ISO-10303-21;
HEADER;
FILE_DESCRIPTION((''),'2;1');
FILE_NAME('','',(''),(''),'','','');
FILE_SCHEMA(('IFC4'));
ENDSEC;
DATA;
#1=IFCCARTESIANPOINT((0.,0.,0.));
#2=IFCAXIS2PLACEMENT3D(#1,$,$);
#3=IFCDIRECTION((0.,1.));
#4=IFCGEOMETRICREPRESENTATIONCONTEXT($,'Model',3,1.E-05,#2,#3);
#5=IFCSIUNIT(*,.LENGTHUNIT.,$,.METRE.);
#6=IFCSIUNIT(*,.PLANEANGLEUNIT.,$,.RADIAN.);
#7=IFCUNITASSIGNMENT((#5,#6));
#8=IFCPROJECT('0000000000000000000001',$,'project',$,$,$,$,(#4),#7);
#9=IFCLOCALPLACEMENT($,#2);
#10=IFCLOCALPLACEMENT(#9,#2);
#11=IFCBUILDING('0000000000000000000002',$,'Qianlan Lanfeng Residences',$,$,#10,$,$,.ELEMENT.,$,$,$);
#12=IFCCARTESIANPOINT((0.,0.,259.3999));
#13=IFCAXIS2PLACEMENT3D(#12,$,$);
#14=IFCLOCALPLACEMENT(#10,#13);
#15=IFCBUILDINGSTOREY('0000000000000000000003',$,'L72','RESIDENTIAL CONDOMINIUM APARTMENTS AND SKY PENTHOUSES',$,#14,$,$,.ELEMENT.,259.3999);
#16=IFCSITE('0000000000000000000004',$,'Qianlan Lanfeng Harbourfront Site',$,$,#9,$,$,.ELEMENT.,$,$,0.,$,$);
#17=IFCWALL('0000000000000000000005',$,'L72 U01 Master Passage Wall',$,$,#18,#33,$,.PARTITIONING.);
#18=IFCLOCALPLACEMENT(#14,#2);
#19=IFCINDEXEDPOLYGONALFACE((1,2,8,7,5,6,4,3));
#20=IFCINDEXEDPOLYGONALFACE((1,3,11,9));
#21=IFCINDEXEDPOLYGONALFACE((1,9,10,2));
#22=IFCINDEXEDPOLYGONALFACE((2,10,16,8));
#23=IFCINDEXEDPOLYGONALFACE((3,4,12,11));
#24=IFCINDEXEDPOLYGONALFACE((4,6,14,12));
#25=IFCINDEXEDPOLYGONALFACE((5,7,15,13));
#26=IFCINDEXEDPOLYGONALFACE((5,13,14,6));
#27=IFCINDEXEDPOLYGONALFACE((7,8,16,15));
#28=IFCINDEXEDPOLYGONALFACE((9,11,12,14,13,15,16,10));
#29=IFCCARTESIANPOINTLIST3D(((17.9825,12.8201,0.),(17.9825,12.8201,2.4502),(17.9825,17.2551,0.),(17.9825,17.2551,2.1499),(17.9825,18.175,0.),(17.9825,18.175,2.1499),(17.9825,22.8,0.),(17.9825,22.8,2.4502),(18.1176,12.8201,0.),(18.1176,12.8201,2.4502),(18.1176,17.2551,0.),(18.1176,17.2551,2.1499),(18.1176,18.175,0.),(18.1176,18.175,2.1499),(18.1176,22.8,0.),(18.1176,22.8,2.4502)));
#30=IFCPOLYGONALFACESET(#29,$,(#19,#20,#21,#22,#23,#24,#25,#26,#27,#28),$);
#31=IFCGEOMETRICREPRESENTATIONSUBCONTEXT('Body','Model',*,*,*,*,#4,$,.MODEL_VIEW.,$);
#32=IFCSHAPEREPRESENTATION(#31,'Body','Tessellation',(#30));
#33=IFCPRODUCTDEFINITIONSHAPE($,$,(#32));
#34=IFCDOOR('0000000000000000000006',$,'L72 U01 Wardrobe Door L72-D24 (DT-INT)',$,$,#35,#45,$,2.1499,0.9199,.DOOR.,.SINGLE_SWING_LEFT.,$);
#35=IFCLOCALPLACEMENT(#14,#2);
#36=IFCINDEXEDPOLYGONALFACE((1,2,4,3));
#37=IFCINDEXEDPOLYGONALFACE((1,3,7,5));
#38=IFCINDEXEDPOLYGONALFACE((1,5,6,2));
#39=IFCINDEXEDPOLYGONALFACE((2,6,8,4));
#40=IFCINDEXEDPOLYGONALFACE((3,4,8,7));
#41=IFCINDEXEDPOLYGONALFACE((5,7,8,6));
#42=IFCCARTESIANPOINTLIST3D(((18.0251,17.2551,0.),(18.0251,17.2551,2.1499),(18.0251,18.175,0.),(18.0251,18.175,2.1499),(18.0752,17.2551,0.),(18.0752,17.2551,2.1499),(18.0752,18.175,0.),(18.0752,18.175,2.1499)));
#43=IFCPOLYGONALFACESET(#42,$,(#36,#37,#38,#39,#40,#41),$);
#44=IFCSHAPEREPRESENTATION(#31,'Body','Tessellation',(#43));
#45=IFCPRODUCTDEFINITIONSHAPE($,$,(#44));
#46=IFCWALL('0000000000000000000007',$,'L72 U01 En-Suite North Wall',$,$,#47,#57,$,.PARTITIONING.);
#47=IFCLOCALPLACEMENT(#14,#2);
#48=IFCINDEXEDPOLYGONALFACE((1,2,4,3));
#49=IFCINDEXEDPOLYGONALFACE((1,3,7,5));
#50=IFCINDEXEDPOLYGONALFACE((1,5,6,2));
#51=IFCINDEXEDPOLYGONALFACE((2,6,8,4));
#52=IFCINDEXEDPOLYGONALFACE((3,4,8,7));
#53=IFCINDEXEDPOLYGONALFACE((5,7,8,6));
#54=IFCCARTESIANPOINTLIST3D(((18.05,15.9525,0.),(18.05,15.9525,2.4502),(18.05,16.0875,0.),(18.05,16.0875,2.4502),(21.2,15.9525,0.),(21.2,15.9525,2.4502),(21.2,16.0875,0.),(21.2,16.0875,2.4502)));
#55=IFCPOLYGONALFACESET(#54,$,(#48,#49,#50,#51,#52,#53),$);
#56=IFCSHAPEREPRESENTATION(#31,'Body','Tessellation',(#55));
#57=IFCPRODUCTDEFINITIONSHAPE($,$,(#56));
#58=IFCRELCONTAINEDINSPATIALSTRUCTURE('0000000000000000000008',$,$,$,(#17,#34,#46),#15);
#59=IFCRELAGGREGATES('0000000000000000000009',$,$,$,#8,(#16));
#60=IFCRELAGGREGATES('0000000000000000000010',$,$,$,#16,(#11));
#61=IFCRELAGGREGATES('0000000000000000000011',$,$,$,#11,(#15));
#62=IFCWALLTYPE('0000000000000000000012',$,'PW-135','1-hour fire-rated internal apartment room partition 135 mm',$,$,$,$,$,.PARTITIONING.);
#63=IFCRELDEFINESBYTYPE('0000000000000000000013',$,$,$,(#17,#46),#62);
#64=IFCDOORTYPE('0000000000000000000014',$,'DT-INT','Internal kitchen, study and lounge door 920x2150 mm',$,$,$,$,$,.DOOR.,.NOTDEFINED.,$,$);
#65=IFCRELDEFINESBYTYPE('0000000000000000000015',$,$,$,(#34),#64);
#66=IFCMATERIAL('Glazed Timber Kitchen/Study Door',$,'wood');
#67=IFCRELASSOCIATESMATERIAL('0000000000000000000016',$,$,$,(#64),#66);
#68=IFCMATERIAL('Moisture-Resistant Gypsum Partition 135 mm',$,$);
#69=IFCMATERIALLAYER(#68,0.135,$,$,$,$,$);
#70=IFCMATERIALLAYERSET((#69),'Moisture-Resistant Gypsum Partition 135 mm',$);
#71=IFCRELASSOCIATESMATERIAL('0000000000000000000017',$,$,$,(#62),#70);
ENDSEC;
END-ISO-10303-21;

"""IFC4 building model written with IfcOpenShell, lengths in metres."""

from ifc_helpers import new_model, si_unit, direction, frame, frame_2d, origin, place, context, subcontext, project, spatial, rectangle, extrude, material, layer, layer_set, type_object, element, fill, save


model = new_model("IFC4")

# Units and contexts
model_context = context("Model", 3, precision=1e-05, world=origin(), true_north=direction((0.0, 1.0)))
body_context = subcontext(model_context, "Body", "Model", "MODEL_VIEW")
ifc_project = project(units=[si_unit("LENGTHUNIT", "METRE"), si_unit("PLANEANGLEUNIT", "RADIAN")], contexts=[model_context])

# Site, building, storey
site_placement = place(None, origin())
site = spatial("IfcSite", under=ifc_project, at=site_placement, Name="Qianlan Lanfeng Harbourfront Site", CompositionType="ELEMENT", RefElevation=0.0)
building_placement = place(site_placement, origin())
building = spatial("IfcBuilding", under=site, at=building_placement, Name="Qianlan Lanfeng Residences", CompositionType="ELEMENT")
storey_placement = place(building_placement, frame((0.0, 0.0, 259.3999)))
storey = spatial("IfcBuildingStorey", under=building, at=storey_placement, Name="L72", Description="RESIDENTIAL CONDOMINIUM APARTMENTS AND SKY PENTHOUSES", CompositionType="ELEMENT", Elevation=259.3999)

# Shared definitions
ifc_material_1 = material(Name="Glazed Timber Kitchen/Study Door", Category="wood")
door_type_1 = type_object("IfcDoorType", Name="DT-INT", Description="Internal kitchen, study and lounge door 920x2150 mm", OperationType="NOTDEFINED", PredefinedType="DOOR", material=ifc_material_1)

# Shared definitions
ifc_material_2 = material(Name="Moisture-Resistant Gypsum Partition 135 mm")
ifc_layer_1 = layer(ifc_material_2, 0.135)
ifc_layer_set_1 = layer_set([ifc_layer_1], Name="Moisture-Resistant Gypsum Partition 135 mm")
wall_type_1 = type_object("IfcWallType", Name="PW-135", Description="1-hour fire-rated internal apartment room partition 135 mm", PredefinedType="PARTITIONING", material=ifc_layer_set_1)

# Wall, opening, door
wall_1_placement = place(storey_placement, frame((18.05, 12.8201, 0.0), z_axis=(0.0, 0.0, 1.0), x_axis=(0.0, 1.0, 0.0)))
wall_1 = element("IfcWall", 1, at=wall_1_placement, inside=storey, type_object=wall_type_1, Name="L72 U01 Master Passage Wall", PredefinedType="PARTITIONING", context=body_context, shape_type="SweptSolid", body=[
    extrude(rectangle(XDim=9.98, YDim=0.135, at=frame_2d((4.99, 0.0))), origin(), (0.0, 0.0, 1.0), 2.4502),
])
opening_1_placement = place(wall_1_placement, frame((4.4351, 0.0, 0.0)))
opening_1 = element("IfcOpeningElement", 2, at=opening_1_placement, cuts=wall_1, PredefinedType="OPENING", context=body_context, shape_type="SweptSolid", body=[
    extrude(rectangle(XDim=0.9199, YDim=2.1499, at=frame_2d((0.46, 1.075))), frame((0.0, 0.0776, 0.0), z_axis=(0.0, -1.0, 0.0), x_axis=(1.0, 0.0, 0.0)), (0.0, 0.0, 1.0), 0.155),
])
door_1_placement = place(opening_1_placement, origin())
door_1 = element("IfcDoor", 3, at=door_1_placement, inside=storey, type_object=door_type_1, Name="L72 U01 Wardrobe Door L72-D24 (DT-INT)", OperationType="SINGLE_SWING_LEFT", OverallHeight=2.1499, OverallWidth=0.9199, PredefinedType="DOOR", context=body_context, shape_type="SweptSolid", body=[
    extrude(rectangle(XDim=0.9199, YDim=2.1499, at=frame_2d((0.46, 1.075))), frame((0.0, 0.0249, 0.0), z_axis=(0.0, -1.0, 0.0), x_axis=(1.0, 0.0, 0.0)), (0.0, 0.0, 1.0), 0.05),
])
fill(opening_1, door_1)

# Wall
wall_2_placement = place(storey_placement, frame((18.05, 16.02, 0.0), z_axis=(0.0, 0.0, 1.0), x_axis=(1.0, 0.0, 0.0)))
element("IfcWall", 4, at=wall_2_placement, inside=storey, type_object=wall_type_1, Name="L72 U01 En-Suite North Wall", PredefinedType="PARTITIONING", context=body_context, shape_type="SweptSolid", body=[
    extrude(rectangle(XDim=3.1499, YDim=0.135, at=frame_2d((1.575, 0.0))), origin(), (0.0, 0.0, 1.0), 2.4502),
])

save(model, "model.ifc")
